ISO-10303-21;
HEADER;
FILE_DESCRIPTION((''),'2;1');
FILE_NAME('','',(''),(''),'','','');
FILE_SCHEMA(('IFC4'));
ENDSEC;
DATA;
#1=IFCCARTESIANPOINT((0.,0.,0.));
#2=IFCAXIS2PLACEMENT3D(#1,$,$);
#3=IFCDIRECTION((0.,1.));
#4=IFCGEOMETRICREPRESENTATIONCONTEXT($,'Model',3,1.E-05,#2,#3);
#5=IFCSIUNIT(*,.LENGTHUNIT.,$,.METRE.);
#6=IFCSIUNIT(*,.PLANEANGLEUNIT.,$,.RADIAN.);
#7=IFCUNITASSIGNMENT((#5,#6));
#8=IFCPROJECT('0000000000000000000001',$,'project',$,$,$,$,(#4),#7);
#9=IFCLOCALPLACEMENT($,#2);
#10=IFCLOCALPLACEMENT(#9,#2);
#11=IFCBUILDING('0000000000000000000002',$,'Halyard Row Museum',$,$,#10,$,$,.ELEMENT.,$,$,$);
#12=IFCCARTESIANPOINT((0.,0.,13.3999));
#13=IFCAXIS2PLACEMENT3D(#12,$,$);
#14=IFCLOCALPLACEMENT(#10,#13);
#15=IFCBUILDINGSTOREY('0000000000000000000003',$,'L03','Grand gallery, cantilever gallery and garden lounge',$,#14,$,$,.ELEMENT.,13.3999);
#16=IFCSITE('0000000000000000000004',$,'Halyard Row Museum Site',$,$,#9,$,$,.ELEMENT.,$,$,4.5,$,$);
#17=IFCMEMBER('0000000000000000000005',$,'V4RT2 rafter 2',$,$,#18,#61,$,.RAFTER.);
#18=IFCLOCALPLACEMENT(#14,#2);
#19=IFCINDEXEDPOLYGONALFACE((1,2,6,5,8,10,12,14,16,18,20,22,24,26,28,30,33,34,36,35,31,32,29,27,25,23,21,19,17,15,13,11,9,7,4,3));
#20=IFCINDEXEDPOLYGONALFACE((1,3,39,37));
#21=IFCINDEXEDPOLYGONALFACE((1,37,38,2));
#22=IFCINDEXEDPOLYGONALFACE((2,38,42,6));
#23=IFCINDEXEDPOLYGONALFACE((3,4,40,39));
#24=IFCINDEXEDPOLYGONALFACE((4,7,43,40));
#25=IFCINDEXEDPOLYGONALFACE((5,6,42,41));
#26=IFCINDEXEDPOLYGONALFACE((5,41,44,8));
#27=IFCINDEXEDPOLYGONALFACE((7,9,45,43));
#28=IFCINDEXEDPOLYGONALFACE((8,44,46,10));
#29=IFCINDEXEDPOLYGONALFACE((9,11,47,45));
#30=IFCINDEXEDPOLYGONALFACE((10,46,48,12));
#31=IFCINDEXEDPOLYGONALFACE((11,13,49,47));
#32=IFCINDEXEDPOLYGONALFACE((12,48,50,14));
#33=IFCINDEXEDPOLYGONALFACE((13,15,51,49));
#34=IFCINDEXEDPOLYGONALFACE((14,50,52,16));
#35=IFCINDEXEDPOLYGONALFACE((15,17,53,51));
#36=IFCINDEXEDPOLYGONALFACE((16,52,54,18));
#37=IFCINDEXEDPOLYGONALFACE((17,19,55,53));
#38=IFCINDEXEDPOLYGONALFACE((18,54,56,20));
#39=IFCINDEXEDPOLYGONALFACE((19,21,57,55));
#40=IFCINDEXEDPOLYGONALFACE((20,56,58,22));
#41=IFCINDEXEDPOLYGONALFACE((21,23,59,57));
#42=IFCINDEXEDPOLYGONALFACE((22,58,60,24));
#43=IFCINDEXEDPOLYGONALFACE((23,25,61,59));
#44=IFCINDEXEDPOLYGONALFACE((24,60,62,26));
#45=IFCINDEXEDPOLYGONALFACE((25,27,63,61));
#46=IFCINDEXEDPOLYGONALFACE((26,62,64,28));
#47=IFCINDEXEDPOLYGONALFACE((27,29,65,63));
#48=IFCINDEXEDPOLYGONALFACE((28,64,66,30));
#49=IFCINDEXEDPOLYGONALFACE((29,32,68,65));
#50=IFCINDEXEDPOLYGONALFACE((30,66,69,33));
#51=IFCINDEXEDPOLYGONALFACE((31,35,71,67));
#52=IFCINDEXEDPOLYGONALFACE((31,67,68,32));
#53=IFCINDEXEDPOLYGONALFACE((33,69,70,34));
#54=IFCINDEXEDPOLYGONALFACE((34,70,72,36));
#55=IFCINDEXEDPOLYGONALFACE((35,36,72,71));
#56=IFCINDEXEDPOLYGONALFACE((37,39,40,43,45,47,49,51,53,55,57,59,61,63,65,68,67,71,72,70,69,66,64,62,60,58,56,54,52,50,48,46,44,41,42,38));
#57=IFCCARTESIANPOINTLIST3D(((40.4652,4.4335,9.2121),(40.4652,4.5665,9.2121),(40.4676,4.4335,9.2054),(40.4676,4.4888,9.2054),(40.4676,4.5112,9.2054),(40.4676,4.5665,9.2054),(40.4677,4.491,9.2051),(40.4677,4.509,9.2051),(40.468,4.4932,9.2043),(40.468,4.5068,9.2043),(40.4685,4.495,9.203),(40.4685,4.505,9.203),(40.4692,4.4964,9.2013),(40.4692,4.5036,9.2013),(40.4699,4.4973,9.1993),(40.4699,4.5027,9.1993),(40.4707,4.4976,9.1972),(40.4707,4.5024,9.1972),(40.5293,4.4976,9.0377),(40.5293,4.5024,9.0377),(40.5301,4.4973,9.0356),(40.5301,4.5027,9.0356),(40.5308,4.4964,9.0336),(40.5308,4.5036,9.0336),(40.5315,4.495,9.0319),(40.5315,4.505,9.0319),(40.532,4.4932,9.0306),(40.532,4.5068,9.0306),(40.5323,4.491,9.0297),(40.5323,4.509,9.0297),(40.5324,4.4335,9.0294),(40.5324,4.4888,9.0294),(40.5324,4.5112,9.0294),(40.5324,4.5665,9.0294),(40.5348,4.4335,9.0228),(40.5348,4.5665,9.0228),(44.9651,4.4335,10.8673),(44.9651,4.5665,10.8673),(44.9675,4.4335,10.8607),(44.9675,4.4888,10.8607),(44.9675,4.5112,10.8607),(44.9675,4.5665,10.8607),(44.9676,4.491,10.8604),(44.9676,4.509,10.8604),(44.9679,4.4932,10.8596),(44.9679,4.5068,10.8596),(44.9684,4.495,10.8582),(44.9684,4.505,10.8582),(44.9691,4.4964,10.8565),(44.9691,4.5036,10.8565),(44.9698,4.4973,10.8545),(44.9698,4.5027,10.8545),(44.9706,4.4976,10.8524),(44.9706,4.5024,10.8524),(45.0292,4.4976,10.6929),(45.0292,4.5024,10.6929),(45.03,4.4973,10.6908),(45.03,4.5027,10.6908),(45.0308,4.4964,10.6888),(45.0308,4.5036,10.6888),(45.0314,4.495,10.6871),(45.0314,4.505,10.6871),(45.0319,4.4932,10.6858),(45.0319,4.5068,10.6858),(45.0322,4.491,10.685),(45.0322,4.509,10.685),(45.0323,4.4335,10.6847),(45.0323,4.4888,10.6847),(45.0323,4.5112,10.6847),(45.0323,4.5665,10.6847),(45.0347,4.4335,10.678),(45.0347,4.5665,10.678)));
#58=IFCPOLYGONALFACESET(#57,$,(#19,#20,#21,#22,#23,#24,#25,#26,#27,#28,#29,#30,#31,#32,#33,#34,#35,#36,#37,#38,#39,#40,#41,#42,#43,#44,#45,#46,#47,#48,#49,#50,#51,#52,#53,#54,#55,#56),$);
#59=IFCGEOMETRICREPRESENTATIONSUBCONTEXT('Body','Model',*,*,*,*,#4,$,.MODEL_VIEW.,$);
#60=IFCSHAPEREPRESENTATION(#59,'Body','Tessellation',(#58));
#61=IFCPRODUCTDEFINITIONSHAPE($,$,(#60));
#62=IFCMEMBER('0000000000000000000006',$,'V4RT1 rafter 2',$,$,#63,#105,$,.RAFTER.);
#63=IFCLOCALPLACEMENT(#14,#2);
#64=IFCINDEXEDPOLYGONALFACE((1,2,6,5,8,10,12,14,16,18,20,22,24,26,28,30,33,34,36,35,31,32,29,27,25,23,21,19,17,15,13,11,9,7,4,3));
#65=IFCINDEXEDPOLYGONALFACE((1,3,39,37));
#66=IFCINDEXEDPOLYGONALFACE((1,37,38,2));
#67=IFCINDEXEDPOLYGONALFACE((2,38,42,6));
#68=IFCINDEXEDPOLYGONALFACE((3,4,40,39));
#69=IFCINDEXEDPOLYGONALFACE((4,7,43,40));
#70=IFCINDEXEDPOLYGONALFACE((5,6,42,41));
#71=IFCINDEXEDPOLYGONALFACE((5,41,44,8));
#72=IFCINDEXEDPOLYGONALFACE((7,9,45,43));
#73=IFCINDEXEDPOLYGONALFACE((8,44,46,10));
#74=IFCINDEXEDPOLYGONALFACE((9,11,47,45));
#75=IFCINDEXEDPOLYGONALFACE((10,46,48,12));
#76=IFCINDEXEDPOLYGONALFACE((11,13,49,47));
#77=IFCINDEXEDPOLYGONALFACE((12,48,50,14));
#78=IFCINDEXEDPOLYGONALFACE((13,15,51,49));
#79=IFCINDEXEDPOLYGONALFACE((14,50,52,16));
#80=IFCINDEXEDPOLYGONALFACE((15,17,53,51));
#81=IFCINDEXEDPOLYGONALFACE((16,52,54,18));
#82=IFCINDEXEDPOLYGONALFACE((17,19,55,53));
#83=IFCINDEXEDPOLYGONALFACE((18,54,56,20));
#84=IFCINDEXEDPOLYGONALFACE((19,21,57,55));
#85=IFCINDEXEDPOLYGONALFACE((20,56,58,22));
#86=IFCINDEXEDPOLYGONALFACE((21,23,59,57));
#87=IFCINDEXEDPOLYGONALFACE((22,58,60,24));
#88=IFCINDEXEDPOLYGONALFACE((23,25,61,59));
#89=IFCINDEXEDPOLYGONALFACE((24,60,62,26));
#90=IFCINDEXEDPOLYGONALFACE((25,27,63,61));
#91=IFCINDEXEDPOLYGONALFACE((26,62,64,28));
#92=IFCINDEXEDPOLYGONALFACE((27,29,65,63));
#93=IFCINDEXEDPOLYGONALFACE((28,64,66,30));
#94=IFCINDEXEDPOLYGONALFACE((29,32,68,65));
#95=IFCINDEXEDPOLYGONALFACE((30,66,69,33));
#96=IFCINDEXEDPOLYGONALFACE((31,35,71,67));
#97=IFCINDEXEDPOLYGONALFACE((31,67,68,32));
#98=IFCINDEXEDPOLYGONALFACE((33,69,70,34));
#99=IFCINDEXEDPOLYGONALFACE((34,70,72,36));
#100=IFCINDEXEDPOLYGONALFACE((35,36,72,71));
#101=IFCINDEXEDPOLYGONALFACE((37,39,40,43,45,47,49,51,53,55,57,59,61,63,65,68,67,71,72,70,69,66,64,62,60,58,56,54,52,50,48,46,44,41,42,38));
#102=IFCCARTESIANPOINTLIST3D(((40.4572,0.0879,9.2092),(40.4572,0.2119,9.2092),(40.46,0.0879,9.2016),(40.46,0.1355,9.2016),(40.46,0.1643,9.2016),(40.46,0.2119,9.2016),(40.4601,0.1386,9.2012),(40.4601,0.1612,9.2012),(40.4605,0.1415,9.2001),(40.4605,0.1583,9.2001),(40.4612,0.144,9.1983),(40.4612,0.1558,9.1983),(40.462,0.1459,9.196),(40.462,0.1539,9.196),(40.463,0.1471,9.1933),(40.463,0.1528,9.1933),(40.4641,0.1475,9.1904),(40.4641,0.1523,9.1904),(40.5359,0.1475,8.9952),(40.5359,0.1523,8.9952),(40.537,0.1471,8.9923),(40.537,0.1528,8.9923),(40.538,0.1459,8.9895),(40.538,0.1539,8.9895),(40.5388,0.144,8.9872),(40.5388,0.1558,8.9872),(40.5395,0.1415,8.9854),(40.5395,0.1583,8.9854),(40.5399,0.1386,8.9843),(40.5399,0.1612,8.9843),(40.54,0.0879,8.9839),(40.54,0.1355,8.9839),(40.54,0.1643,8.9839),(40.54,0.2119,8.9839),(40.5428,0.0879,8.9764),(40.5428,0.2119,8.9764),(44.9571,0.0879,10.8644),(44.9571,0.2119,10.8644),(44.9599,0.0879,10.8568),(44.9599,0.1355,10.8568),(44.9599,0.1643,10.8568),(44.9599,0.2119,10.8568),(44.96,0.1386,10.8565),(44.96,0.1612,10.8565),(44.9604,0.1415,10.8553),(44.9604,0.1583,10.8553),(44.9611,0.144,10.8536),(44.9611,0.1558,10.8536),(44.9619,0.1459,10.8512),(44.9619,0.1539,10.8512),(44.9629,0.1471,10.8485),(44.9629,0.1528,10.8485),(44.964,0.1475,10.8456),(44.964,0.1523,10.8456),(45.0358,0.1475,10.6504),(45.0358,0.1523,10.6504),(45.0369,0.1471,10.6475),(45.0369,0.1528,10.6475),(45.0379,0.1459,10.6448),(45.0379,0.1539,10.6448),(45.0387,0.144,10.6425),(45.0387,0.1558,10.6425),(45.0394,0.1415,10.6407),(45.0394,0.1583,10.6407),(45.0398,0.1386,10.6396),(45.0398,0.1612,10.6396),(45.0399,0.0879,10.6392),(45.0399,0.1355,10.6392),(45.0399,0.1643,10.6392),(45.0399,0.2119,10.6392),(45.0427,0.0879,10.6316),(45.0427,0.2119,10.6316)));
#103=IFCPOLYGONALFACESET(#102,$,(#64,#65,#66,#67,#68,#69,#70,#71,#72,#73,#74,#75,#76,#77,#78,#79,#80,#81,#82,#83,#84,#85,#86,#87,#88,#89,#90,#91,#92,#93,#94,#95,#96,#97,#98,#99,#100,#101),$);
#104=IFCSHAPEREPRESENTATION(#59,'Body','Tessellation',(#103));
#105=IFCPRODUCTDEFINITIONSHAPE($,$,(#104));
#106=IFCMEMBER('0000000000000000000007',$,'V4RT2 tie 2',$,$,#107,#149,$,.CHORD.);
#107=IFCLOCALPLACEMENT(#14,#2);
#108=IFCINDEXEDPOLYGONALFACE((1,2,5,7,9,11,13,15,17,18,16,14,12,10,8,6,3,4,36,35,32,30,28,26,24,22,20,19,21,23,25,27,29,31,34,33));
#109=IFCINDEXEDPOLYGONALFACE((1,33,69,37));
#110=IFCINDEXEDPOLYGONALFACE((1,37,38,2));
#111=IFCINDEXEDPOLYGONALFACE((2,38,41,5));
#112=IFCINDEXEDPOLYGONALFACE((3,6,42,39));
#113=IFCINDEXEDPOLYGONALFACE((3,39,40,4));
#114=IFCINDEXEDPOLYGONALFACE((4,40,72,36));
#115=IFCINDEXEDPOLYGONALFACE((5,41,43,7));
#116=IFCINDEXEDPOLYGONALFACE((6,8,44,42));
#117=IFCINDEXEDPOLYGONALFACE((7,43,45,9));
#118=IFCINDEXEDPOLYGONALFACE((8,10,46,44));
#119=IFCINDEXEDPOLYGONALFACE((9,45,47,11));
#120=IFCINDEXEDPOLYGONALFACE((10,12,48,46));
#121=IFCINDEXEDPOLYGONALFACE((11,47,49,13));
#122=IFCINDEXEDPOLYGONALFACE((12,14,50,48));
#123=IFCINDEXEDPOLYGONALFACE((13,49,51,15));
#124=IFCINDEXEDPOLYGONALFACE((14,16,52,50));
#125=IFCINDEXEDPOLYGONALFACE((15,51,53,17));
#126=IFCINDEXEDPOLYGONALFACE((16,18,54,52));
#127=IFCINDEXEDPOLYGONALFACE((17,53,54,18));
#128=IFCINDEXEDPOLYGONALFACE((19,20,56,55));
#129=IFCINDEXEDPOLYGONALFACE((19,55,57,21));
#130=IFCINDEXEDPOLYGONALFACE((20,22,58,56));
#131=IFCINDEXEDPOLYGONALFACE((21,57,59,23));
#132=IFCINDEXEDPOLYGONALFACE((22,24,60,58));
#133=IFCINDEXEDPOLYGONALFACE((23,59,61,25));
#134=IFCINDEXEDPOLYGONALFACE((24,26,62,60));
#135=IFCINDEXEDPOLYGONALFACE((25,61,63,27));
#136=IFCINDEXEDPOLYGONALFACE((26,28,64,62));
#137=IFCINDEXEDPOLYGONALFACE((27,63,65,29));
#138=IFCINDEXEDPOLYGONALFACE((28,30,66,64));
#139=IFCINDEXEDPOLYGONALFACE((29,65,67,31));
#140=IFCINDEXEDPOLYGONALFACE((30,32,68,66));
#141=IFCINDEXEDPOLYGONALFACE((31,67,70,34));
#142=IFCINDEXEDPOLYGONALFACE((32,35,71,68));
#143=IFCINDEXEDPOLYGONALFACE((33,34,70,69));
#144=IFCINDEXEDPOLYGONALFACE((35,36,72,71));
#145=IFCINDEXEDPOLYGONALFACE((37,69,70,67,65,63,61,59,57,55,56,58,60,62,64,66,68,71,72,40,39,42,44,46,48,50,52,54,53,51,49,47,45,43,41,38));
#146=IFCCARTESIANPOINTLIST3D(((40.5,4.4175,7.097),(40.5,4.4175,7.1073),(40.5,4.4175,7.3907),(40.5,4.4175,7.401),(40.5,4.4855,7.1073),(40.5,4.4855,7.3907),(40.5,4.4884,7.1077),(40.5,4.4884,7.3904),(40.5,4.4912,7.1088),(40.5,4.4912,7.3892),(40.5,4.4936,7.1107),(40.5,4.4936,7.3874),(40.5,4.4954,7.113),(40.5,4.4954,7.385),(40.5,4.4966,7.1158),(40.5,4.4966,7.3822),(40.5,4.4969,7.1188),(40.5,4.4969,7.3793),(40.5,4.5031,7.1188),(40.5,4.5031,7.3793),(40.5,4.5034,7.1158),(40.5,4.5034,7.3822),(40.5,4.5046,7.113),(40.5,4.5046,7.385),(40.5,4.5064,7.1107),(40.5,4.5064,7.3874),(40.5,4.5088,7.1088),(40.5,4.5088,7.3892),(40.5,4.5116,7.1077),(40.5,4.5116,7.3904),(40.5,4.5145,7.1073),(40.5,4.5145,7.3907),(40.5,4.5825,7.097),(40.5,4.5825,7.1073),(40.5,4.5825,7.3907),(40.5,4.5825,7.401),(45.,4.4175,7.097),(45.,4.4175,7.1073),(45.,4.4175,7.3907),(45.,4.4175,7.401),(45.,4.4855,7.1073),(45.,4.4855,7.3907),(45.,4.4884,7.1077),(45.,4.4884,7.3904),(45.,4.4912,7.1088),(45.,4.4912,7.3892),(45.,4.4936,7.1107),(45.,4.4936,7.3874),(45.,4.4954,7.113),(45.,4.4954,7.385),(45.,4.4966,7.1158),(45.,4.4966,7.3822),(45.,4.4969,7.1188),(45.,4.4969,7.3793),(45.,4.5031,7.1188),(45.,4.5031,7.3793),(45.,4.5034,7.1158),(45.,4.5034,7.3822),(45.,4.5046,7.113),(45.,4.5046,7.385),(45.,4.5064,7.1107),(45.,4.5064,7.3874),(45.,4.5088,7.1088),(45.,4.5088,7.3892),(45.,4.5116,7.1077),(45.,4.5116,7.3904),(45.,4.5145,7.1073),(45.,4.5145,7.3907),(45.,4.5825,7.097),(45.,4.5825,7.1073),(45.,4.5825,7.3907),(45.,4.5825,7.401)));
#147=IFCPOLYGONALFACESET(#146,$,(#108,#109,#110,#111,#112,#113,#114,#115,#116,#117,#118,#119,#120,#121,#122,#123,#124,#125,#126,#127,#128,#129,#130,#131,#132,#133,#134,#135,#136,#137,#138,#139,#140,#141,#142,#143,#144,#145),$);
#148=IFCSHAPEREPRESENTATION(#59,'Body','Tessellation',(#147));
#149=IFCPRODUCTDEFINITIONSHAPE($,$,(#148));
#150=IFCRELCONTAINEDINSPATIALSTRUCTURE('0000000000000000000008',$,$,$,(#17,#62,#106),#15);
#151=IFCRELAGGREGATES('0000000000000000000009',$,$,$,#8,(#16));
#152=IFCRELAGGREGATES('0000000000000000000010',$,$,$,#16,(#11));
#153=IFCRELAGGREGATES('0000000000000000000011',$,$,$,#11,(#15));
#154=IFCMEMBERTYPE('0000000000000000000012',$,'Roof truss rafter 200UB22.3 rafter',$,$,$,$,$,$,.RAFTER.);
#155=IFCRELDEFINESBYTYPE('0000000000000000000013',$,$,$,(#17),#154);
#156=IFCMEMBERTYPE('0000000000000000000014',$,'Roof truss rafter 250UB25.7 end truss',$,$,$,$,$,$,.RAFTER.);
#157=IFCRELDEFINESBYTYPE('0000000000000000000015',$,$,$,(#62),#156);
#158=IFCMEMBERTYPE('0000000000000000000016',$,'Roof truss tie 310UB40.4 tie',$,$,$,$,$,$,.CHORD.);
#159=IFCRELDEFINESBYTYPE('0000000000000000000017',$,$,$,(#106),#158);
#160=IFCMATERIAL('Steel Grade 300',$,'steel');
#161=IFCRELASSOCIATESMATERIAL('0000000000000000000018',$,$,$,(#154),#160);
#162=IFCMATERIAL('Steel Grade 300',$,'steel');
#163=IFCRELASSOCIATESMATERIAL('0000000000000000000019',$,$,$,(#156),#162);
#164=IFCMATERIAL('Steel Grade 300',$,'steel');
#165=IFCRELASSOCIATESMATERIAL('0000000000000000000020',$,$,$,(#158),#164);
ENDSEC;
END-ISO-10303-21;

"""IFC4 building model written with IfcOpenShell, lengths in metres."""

from ifc_helpers import new_model, si_unit, direction, frame, origin, origin_2d, place, context, subcontext, project, spatial, i_section, extrude, material, material_profile, profile_set, type_object, element, save


model = new_model("IFC4")

# Units and contexts
model_context = context("Model", 3, precision=1e-05, world=origin(), true_north=direction((0.0, 1.0)))
body_context = subcontext(model_context, "Body", "Model", "MODEL_VIEW")
ifc_project = project(units=[si_unit("LENGTHUNIT", "METRE"), si_unit("PLANEANGLEUNIT", "RADIAN")], contexts=[model_context])

# Site, building, storey
site_placement = place(None, origin())
site = spatial("IfcSite", under=ifc_project, at=site_placement, Name="Halyard Row Museum Site", CompositionType="ELEMENT", RefElevation=4.5)
building_placement = place(site_placement, origin())
building = spatial("IfcBuilding", under=site, at=building_placement, Name="Halyard Row Museum", CompositionType="ELEMENT")
storey_placement = place(building_placement, frame((0.0, 0.0, 13.3999)))
storey = spatial("IfcBuildingStorey", under=building, at=storey_placement, Name="L03", Description="Grand gallery, cantilever gallery and garden lounge", CompositionType="ELEMENT", Elevation=13.3999)

# Members
ifc_material_1 = material(Name="Steel Grade 300", Category="steel")
ifc_material_profile_1 = material_profile(ifc_material_1, i_section(OverallWidth=0.1331, OverallDepth=0.2017, WebThickness=0.0049, FlangeThickness=0.0071, FilletRadius=0.0088, at=origin_2d()), Name="200UB22.3")
ifc_profile_set_1 = profile_set([ifc_material_profile_1], Name="Steel Grade 300")
member_type_1 = type_object("IfcMemberType", Name="Roof truss rafter 200UB22.3 rafter", PredefinedType="RAFTER", material=ifc_profile_set_1)
member_1_placement = place(storey_placement, frame((40.5, 4.5, 9.1174), z_axis=(0.93852, 0.0, 0.345224), x_axis=(0.0, 1.0, 0.0)))
element("IfcMember", 1, at=member_1_placement, inside=storey, type_object=member_type_1, Name="V4RT2 rafter 2", PredefinedType="RAFTER", context=body_context, shape_type="SweptSolid", body=[
    extrude(i_section(OverallWidth=0.1331, OverallDepth=0.2017, WebThickness=0.0049, FlangeThickness=0.0071, FilletRadius=0.0088, at=origin_2d()), origin(), (0.0, 0.0, 1.0), 4.7947),
])
ifc_material_2 = material(Name="Steel Grade 300", Category="steel")
ifc_material_profile_2 = material_profile(ifc_material_2, i_section(OverallWidth=0.124, OverallDepth=0.248, WebThickness=0.0049, FlangeThickness=0.0081, FilletRadius=0.012, at=origin_2d()), Name="250UB25.7")
ifc_profile_set_2 = profile_set([ifc_material_profile_2], Name="Steel Grade 300")
member_type_2 = type_object("IfcMemberType", Name="Roof truss rafter 250UB25.7 end truss", PredefinedType="RAFTER", material=ifc_profile_set_2)
member_2_placement = place(storey_placement, frame((40.5, 0.1499, 9.0928), z_axis=(0.93852, 0.0, 0.345224), x_axis=(0.0, 1.0, 0.0)))
element("IfcMember", 2, at=member_2_placement, inside=storey, type_object=member_type_2, Name="V4RT1 rafter 2", PredefinedType="RAFTER", context=body_context, shape_type="SweptSolid", body=[
    extrude(i_section(OverallWidth=0.124, OverallDepth=0.248, WebThickness=0.0049, FlangeThickness=0.0081, FilletRadius=0.012, at=origin_2d()), origin(), (0.0, 0.0, 1.0), 4.7947),
])
ifc_material_3 = material(Name="Steel Grade 300", Category="steel")
ifc_material_profile_3 = material_profile(ifc_material_3, i_section(OverallWidth=0.165, OverallDepth=0.304, WebThickness=0.0061, FlangeThickness=0.0103, FilletRadius=0.0115, at=origin_2d()), Name="310UB40.4")
ifc_profile_set_3 = profile_set([ifc_material_profile_3], Name="Steel Grade 300")
member_type_3 = type_object("IfcMemberType", Name="Roof truss tie 310UB40.4 tie", PredefinedType="CHORD", material=ifc_profile_set_3)
member_3_placement = place(storey_placement, frame((40.5, 4.5, 7.249), z_axis=(1.0, 0.0, 0.0), x_axis=(0.0, 1.0, 0.0)))
element("IfcMember", 3, at=member_3_placement, inside=storey, type_object=member_type_3, Name="V4RT2 tie 2", PredefinedType="CHORD", context=body_context, shape_type="SweptSolid", body=[
    extrude(i_section(OverallWidth=0.165, OverallDepth=0.304, WebThickness=0.0061, FlangeThickness=0.0103, FilletRadius=0.0115, at=origin_2d()), origin(), (0.0, 0.0, 1.0), 4.5),
])

save(model, "model.ifc")
